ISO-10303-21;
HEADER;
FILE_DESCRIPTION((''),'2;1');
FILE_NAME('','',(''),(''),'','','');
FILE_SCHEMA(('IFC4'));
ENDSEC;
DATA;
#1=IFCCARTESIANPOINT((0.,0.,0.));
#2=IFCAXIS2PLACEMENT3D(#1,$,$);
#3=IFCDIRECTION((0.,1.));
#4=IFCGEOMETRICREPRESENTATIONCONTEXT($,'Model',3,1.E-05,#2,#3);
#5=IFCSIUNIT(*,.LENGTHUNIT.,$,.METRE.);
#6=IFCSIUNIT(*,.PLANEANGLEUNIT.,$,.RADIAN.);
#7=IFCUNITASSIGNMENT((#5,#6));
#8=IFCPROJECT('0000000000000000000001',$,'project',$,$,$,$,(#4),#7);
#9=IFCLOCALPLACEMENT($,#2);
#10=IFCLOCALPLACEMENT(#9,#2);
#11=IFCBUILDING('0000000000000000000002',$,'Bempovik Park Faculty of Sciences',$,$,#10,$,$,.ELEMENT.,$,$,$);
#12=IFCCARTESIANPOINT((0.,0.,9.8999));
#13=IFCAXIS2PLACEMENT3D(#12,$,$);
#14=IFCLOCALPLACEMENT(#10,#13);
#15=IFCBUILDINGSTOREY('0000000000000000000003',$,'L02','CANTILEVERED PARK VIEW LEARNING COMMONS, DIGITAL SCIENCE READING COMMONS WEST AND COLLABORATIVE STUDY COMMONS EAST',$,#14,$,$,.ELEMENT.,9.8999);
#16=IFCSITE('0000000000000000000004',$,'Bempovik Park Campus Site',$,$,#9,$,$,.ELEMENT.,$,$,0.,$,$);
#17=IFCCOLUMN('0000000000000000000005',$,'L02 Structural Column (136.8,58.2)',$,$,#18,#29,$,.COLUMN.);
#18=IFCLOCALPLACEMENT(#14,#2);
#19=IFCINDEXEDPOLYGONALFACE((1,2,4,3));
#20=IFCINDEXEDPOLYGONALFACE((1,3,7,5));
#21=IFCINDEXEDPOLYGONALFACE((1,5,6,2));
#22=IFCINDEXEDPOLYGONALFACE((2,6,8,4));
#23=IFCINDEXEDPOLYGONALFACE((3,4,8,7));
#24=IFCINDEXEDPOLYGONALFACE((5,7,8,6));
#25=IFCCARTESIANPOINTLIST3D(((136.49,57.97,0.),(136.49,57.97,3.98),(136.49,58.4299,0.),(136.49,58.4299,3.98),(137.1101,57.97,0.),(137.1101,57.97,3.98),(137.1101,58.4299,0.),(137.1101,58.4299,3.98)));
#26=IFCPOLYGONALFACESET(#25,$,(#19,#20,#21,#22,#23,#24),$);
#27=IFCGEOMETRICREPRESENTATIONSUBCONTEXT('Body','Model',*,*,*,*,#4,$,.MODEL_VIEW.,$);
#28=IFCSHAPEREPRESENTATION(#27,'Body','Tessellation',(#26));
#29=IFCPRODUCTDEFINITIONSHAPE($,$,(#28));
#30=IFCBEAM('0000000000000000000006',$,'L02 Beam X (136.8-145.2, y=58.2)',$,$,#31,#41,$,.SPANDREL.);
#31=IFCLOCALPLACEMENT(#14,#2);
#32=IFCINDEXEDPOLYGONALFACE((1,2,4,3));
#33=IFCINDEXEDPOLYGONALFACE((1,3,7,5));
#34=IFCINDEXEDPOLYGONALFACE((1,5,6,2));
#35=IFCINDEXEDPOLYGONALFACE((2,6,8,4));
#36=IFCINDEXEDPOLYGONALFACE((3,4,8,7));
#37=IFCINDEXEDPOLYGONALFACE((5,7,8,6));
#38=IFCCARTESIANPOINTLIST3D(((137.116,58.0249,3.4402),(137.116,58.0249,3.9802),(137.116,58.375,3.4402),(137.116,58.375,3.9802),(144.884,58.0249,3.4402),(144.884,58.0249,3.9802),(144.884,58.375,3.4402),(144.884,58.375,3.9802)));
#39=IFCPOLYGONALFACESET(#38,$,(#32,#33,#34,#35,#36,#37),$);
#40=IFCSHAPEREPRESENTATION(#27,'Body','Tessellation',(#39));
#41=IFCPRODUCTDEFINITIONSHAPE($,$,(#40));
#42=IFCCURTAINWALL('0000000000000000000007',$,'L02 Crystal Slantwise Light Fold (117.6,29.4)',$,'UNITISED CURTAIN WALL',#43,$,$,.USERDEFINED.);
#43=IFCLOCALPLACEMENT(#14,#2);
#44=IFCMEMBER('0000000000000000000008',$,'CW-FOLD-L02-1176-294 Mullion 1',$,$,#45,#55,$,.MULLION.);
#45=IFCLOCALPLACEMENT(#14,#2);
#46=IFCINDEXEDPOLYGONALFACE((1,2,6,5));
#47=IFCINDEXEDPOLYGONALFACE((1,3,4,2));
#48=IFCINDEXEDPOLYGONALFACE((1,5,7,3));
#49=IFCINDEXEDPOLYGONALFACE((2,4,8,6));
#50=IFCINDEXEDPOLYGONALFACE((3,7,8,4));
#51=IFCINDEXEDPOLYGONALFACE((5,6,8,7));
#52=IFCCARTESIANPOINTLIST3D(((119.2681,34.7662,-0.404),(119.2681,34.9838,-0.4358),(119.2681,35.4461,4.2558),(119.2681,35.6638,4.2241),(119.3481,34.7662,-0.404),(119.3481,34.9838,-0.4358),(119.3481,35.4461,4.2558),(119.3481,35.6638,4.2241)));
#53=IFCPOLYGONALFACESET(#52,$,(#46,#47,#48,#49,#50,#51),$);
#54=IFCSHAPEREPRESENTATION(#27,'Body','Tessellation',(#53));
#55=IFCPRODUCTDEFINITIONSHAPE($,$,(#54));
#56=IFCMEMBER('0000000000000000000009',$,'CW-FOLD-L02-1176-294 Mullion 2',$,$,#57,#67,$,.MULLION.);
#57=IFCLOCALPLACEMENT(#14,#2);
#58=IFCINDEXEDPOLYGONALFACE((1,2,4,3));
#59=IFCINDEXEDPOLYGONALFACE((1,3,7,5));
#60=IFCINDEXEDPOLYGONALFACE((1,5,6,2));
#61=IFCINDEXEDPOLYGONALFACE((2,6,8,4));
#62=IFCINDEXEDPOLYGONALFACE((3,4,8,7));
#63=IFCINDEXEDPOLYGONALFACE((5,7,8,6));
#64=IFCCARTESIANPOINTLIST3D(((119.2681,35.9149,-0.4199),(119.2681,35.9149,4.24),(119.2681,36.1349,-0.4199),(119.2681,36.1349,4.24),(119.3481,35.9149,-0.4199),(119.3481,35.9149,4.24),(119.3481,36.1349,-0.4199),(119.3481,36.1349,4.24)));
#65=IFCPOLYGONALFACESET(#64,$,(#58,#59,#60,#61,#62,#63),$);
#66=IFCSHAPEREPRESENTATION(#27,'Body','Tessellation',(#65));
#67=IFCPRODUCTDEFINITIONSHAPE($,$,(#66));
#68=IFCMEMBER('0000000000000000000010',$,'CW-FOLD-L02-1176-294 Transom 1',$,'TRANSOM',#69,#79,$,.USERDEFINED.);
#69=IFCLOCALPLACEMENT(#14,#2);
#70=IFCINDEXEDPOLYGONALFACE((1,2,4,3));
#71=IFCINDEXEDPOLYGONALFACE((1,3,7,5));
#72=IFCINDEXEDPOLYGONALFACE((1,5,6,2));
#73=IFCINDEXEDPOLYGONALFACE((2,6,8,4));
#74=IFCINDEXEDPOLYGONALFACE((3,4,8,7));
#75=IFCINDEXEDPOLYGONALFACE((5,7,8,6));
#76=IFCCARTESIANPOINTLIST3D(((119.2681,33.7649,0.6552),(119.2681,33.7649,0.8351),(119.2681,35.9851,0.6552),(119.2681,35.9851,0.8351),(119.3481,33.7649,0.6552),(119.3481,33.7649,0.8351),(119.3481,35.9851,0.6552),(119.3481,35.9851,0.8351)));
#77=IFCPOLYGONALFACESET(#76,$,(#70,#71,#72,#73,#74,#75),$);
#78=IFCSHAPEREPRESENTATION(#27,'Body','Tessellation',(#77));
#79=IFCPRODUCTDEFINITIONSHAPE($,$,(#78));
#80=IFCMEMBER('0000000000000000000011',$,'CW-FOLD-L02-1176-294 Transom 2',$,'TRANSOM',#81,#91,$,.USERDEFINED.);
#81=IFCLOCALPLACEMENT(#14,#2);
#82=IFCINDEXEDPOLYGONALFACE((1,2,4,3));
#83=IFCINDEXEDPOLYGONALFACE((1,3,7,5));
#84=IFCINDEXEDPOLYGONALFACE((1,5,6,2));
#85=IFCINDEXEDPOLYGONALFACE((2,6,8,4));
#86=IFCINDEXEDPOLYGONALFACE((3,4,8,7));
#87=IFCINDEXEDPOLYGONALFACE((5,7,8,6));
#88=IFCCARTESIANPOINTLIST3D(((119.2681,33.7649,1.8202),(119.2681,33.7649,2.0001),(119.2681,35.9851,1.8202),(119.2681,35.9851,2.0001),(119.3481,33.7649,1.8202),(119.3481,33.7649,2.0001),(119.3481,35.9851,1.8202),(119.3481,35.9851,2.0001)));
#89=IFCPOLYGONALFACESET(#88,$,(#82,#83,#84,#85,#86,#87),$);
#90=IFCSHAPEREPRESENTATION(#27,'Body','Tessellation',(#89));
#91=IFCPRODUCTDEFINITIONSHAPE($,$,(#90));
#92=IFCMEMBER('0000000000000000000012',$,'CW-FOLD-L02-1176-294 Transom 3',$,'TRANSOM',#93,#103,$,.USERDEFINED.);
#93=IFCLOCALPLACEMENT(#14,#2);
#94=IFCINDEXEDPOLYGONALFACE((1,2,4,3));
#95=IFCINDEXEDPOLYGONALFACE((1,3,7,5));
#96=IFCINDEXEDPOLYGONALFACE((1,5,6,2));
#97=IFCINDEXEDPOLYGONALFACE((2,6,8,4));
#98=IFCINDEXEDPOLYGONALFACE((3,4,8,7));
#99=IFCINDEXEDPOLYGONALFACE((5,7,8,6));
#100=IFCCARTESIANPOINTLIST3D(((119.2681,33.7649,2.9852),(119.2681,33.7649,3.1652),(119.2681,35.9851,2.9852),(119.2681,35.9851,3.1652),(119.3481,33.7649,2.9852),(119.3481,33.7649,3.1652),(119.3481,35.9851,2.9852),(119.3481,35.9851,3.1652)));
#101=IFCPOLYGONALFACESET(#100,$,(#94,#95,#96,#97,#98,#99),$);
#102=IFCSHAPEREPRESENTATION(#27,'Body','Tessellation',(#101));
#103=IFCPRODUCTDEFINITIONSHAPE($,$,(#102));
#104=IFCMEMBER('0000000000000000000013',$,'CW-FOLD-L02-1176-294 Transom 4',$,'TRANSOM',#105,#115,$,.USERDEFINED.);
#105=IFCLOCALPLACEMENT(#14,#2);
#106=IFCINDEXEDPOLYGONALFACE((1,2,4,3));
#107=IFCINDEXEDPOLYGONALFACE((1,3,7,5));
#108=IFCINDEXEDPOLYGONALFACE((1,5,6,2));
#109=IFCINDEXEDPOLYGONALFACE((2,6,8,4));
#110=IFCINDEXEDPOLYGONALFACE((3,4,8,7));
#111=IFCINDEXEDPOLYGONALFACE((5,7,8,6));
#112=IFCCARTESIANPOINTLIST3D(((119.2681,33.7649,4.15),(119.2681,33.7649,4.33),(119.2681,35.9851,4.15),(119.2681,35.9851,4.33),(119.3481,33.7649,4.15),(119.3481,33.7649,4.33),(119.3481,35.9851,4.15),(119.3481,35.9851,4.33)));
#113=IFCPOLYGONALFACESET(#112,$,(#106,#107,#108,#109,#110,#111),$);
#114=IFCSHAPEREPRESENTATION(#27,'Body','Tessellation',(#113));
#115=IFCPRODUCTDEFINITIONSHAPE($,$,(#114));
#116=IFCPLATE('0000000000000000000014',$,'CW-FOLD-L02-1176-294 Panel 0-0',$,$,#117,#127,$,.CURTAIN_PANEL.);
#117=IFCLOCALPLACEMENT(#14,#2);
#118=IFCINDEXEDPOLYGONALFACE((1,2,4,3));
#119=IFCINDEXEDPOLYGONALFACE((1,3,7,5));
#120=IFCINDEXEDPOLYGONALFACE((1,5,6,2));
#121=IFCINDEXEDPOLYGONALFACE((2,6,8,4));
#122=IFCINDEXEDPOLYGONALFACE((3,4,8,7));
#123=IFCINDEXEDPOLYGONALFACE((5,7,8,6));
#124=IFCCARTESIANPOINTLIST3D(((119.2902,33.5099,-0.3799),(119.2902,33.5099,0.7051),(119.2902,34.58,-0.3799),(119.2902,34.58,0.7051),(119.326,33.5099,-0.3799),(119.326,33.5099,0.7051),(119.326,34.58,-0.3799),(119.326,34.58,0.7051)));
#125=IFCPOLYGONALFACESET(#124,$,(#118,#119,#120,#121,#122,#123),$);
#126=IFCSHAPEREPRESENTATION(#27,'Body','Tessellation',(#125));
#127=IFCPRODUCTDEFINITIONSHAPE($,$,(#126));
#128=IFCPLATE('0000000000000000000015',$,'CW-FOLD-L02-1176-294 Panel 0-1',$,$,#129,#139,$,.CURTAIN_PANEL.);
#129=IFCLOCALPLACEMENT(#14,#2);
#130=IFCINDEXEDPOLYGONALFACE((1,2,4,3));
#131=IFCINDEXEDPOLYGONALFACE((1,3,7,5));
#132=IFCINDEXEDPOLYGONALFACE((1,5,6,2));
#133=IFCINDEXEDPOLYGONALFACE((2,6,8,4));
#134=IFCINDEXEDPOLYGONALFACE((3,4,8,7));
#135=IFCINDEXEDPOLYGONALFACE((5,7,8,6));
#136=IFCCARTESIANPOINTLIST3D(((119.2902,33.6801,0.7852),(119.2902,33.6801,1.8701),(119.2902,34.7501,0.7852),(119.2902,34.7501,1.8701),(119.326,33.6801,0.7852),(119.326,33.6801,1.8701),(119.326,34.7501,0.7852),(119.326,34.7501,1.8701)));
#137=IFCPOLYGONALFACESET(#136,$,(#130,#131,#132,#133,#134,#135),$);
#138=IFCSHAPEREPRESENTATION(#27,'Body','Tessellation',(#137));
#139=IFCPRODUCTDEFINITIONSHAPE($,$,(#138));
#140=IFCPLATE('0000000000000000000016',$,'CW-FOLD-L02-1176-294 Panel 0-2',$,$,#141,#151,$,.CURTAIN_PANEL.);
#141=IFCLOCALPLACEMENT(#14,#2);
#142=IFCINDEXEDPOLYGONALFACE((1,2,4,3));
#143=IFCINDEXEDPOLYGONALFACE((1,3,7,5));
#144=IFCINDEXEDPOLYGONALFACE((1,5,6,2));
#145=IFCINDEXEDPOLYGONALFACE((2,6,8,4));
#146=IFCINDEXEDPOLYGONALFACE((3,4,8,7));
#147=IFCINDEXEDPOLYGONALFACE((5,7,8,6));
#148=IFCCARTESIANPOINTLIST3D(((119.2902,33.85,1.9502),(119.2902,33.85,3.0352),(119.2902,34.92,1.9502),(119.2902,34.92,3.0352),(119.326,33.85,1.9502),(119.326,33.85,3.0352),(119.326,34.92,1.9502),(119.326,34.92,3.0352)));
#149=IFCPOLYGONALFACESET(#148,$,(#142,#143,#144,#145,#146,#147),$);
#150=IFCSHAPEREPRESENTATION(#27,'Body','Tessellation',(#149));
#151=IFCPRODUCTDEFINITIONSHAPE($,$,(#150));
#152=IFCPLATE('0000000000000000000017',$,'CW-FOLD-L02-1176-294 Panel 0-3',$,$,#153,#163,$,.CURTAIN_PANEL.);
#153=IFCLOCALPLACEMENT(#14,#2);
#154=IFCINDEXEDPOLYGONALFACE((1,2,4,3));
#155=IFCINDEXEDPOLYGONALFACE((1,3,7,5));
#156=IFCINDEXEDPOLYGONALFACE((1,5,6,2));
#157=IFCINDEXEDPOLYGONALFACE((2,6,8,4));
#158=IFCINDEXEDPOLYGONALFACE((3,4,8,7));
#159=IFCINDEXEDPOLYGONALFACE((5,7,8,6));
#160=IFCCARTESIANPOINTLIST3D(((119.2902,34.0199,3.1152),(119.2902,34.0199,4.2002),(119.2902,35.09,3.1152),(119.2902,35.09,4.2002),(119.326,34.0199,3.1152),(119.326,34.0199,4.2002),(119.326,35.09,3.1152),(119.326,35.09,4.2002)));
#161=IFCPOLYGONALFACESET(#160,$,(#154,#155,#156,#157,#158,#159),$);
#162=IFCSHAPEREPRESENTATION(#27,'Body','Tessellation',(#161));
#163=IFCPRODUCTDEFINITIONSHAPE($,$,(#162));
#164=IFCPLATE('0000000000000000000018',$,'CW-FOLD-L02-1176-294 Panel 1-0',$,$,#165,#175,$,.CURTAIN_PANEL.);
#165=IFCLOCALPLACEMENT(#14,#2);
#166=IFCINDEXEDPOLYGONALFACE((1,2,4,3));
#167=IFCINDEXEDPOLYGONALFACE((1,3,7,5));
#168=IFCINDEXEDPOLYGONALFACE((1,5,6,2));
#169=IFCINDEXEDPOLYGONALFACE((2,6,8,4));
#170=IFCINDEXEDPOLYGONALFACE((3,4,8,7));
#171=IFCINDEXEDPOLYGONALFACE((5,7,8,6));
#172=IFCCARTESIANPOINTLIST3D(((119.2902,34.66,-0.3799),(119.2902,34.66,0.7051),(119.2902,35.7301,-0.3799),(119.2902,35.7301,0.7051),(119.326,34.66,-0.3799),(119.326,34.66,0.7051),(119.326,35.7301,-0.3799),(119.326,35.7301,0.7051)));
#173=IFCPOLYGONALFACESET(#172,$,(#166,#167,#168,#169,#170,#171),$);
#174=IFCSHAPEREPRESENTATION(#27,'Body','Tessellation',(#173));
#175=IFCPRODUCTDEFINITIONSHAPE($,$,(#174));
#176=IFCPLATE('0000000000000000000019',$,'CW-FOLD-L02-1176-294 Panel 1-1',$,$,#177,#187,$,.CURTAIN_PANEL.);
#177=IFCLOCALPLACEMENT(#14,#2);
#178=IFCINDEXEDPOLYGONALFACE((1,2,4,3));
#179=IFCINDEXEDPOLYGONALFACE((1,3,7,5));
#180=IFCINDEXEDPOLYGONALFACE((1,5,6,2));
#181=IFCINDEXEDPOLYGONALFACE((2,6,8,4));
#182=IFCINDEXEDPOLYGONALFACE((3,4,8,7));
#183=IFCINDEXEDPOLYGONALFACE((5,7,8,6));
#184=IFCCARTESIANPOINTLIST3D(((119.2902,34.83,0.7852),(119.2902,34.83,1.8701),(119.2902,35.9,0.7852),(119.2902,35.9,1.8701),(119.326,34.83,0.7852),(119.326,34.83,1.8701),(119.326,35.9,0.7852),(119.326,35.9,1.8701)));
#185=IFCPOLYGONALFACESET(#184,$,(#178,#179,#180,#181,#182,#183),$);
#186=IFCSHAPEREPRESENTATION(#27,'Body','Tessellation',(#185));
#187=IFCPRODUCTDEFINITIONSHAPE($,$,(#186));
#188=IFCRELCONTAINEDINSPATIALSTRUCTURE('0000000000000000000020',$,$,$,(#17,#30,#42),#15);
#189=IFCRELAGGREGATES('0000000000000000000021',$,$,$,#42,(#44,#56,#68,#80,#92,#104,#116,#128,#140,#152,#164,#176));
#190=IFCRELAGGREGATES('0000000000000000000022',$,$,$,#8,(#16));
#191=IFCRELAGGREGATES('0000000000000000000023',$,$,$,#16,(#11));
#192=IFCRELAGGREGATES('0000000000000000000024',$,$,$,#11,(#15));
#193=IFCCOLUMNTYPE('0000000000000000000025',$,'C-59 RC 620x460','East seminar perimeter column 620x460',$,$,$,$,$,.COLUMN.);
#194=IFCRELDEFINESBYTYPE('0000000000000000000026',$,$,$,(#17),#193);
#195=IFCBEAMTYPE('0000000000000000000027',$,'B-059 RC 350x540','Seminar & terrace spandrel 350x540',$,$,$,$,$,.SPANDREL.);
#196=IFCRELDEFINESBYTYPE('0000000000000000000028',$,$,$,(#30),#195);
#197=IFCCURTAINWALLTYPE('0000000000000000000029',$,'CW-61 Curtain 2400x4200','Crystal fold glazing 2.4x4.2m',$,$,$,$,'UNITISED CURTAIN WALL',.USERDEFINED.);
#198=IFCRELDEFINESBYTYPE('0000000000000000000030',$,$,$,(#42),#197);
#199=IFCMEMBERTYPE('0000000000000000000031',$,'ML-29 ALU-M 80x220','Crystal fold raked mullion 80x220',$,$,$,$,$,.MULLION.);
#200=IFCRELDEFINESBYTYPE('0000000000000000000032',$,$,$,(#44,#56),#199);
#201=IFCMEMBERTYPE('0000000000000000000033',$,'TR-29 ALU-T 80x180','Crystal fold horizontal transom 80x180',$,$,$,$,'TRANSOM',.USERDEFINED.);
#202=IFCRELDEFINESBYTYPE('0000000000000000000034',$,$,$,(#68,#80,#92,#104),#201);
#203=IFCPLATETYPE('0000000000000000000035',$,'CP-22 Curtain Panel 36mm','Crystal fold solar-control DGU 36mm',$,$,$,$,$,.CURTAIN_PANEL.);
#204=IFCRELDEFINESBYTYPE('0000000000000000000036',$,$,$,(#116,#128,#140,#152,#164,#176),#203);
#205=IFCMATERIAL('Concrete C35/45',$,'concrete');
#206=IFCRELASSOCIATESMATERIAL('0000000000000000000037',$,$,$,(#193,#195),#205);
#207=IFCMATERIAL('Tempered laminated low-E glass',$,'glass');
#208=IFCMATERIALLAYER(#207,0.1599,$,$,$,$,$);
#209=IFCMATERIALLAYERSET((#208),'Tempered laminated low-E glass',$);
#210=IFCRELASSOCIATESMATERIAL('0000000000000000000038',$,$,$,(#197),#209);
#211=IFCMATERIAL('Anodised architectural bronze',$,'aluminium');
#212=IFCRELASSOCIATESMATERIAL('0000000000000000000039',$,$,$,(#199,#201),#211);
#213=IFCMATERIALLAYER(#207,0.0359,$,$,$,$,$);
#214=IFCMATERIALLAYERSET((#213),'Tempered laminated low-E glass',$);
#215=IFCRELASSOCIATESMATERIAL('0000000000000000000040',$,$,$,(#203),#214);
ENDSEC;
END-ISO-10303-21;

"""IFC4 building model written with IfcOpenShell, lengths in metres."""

from ifc_helpers import new_model, si_unit, direction, frame, origin, origin_2d, place, context, subcontext, project, spatial, rectangle, extrude, material, layer, layer_set, material_profile, profile_set, type_object, element, aggregate, save


model = new_model("IFC4")

# Units and contexts
model_context = context("Model", 3, precision=1e-05, world=origin(), true_north=direction((0.0, 1.0)))
body_context = subcontext(model_context, "Body", "Model", "MODEL_VIEW")
ifc_project = project(units=[si_unit("LENGTHUNIT", "METRE"), si_unit("PLANEANGLEUNIT", "RADIAN")], contexts=[model_context])

# Site, building, storey
site_placement = place(None, origin())
site = spatial("IfcSite", under=ifc_project, at=site_placement, Name="Bempovik Park Campus Site", CompositionType="ELEMENT", RefElevation=0.0)
building_placement = place(site_placement, origin())
building = spatial("IfcBuilding", under=site, at=building_placement, Name="Bempovik Park Faculty of Sciences", CompositionType="ELEMENT")
storey_placement = place(building_placement, frame((0.0, 0.0, 9.8999)))
storey = spatial("IfcBuildingStorey", under=building, at=storey_placement, Name="L02", Description="CANTILEVERED PARK VIEW LEARNING COMMONS, DIGITAL SCIENCE READING COMMONS WEST AND COLLABORATIVE STUDY COMMONS EAST", CompositionType="ELEMENT", Elevation=9.8999)

# Column
ifc_material_1 = material(Name="Concrete C35/45", Category="concrete")
ifc_material_profile_1 = material_profile(ifc_material_1, rectangle(XDim=0.6201, YDim=0.46, at=origin_2d()), Name="RC 620x460")
ifc_profile_set_1 = profile_set([ifc_material_profile_1], Name="Concrete C35/45")
column_type = type_object("IfcColumnType", Name="C-59 RC 620x460", Description="East seminar perimeter column 620x460", PredefinedType="COLUMN", material=ifc_profile_set_1)
column_placement = place(storey_placement, frame((136.8, 58.2, 0.0), z_axis=(0.0, 0.0, 1.0), x_axis=(1.0, 0.0, 0.0)))
element("IfcColumn", 1, at=column_placement, inside=storey, type_object=column_type, Name="L02 Structural Column (136.8,58.2)", PredefinedType="COLUMN", context=body_context, shape_type="SweptSolid", body=[
    extrude(rectangle(XDim=0.6201, YDim=0.46, at=origin_2d()), origin(), (0.0, 0.0, 1.0), 3.98),
])

# Beam
ifc_material_profile_2 = material_profile(ifc_material_1, rectangle(XDim=0.3501, YDim=0.54, at=origin_2d()), Name="RC 350x540")
ifc_profile_set_2 = profile_set([ifc_material_profile_2], Name="Concrete C35/45")
beam_type = type_object("IfcBeamType", Name="B-059 RC 350x540", Description="Seminar & terrace spandrel 350x540", PredefinedType="SPANDREL", material=ifc_profile_set_2)
beam_placement = place(storey_placement, frame((137.116, 58.2, 3.7102), z_axis=(1.0, 0.0, 0.0), x_axis=(0.0, 1.0, 0.0)))
element("IfcBeam", 2, at=beam_placement, inside=storey, type_object=beam_type, Name="L02 Beam X (136.8-145.2, y=58.2)", PredefinedType="SPANDREL", context=body_context, shape_type="SweptSolid", body=[
    extrude(rectangle(XDim=0.3501, YDim=0.54, at=origin_2d()), origin(), (0.0, 0.0, 1.0), 7.7681),
])

# Curtain wall, members, plates
ifc_material_2 = material(Name="Tempered laminated low-E glass", Category="glass")
ifc_layer_1 = layer(ifc_material_2, 0.1599)
ifc_layer_set_1 = layer_set([ifc_layer_1], Name="Tempered laminated low-E glass")
curtain_wall_type = type_object("IfcCurtainWallType", Name="CW-61 Curtain 2400x4200", Description="Crystal fold glazing 2.4x4.2m", ElementType="UNITISED CURTAIN WALL", PredefinedType="USERDEFINED", material=ifc_layer_set_1)
curtain_wall_placement = place(storey_placement, origin())
curtain_wall = element("IfcCurtainWall", 3, at=curtain_wall_placement, inside=storey, type_object=curtain_wall_type, Name="L02 Crystal Slantwise Light Fold (117.6,29.4)", ObjectType="UNITISED CURTAIN WALL", PredefinedType="USERDEFINED")
ifc_material_3 = material(Name="Anodised architectural bronze", Category="aluminium")
ifc_material_profile_3 = material_profile(ifc_material_3, rectangle(XDim=0.0801, YDim=0.22, at=origin_2d()), Name="ALU-M 80x220")
ifc_profile_set_3 = profile_set([ifc_material_profile_3], Name="Anodised architectural bronze")
member_type_1 = type_object("IfcMemberType", Name="ML-29 ALU-M 80x220", Description="Crystal fold raked mullion 80x220", PredefinedType="MULLION", material=ifc_profile_set_3)
member_1_placement = place(storey_placement, frame((119.3081, 34.875, -0.4199), z_axis=(0.0, 0.144382, 0.989522), x_axis=(-1.0, 0.0, 0.0)))
member_1 = element("IfcMember", 4, at=member_1_placement, type_object=member_type_1, Name="CW-FOLD-L02-1176-294 Mullion 1", PredefinedType="MULLION", context=body_context, shape_type="SweptSolid", body=[
    extrude(rectangle(XDim=0.0801, YDim=0.22, at=origin_2d()), origin(), (0.0, 0.0, 1.0), 4.7092),
])
member_2_placement = place(storey_placement, frame((119.3081, 36.0249, -0.4199), z_axis=(0.0, 0.0, 1.0), x_axis=(1.0, 0.0, 0.0)))
member_2 = element("IfcMember", 5, at=member_2_placement, type_object=member_type_1, Name="CW-FOLD-L02-1176-294 Mullion 2", PredefinedType="MULLION", context=body_context, shape_type="SweptSolid", body=[
    extrude(rectangle(XDim=0.0801, YDim=0.22, at=origin_2d()), origin(), (0.0, 0.0, 1.0), 4.6599),
])
ifc_material_profile_4 = material_profile(ifc_material_3, rectangle(XDim=0.0801, YDim=0.1799, at=origin_2d()), Name="ALU-T 80x180")
ifc_profile_set_4 = profile_set([ifc_material_profile_4], Name="Anodised architectural bronze")
member_type_2 = type_object("IfcMemberType", Name="TR-29 ALU-T 80x180", Description="Crystal fold horizontal transom 80x180", ElementType="TRANSOM", PredefinedType="USERDEFINED", material=ifc_profile_set_4)
member_3_placement = place(storey_placement, frame((119.3081, 33.7649, 0.7451), z_axis=(0.0, 1.0, 0.0), x_axis=(-1.0, 0.0, 0.0)))
member_3 = element("IfcMember", 6, at=member_3_placement, type_object=member_type_2, Name="CW-FOLD-L02-1176-294 Transom 1", ObjectType="TRANSOM", PredefinedType="USERDEFINED", context=body_context, shape_type="SweptSolid", body=[
    extrude(rectangle(XDim=0.0801, YDim=0.1799, at=origin_2d()), origin(), (0.0, 0.0, 1.0), 2.2202),
])
member_4_placement = place(storey_placement, frame((119.3081, 33.7649, 1.9102), z_axis=(0.0, 1.0, 0.0), x_axis=(-1.0, 0.0, 0.0)))
member_4 = element("IfcMember", 7, at=member_4_placement, type_object=member_type_2, Name="CW-FOLD-L02-1176-294 Transom 2", ObjectType="TRANSOM", PredefinedType="USERDEFINED", context=body_context, shape_type="SweptSolid", body=[
    extrude(rectangle(XDim=0.0801, YDim=0.1799, at=origin_2d()), origin(), (0.0, 0.0, 1.0), 2.2202),
])
member_5_placement = place(storey_placement, frame((119.3081, 33.7649, 3.0752), z_axis=(0.0, 1.0, 0.0), x_axis=(-1.0, 0.0, 0.0)))
member_5 = element("IfcMember", 8, at=member_5_placement, type_object=member_type_2, Name="CW-FOLD-L02-1176-294 Transom 3", ObjectType="TRANSOM", PredefinedType="USERDEFINED", context=body_context, shape_type="SweptSolid", body=[
    extrude(rectangle(XDim=0.0801, YDim=0.1799, at=origin_2d()), origin(), (0.0, 0.0, 1.0), 2.2202),
])
member_6_placement = place(storey_placement, frame((119.3081, 33.7649, 4.24), z_axis=(0.0, 1.0, 0.0), x_axis=(-1.0, 0.0, 0.0)))
member_6 = element("IfcMember", 9, at=member_6_placement, type_object=member_type_2, Name="CW-FOLD-L02-1176-294 Transom 4", ObjectType="TRANSOM", PredefinedType="USERDEFINED", context=body_context, shape_type="SweptSolid", body=[
    extrude(rectangle(XDim=0.0801, YDim=0.1799, at=origin_2d()), origin(), (0.0, 0.0, 1.0), 2.2202),
])
ifc_layer_2 = layer(ifc_material_2, 0.0359)
ifc_layer_set_2 = layer_set([ifc_layer_2], Name="Tempered laminated low-E glass")
plate_type = type_object("IfcPlateType", Name="CP-22 Curtain Panel 36mm", Description="Crystal fold solar-control DGU 36mm", PredefinedType="CURTAIN_PANEL", material=ifc_layer_set_2)
plate_1_placement = place(storey_placement, frame((119.3081, 34.0449, -0.3799), z_axis=(0.0, 0.0, 1.0), x_axis=(0.0, 1.0, 0.0)))
plate_1 = element("IfcPlate", 10, at=plate_1_placement, type_object=plate_type, Name="CW-FOLD-L02-1176-294 Panel 0-0", PredefinedType="CURTAIN_PANEL", context=body_context, shape_type="SweptSolid", body=[
    extrude(rectangle(XDim=1.0701, YDim=0.0359, at=origin_2d()), origin(), (0.0, 0.0, 1.0), 1.085),
])
plate_2_placement = place(storey_placement, frame((119.3081, 34.2151, 0.7852), z_axis=(0.0, 0.0, 1.0), x_axis=(0.0, 1.0, 0.0)))
plate_2 = element("IfcPlate", 11, at=plate_2_placement, type_object=plate_type, Name="CW-FOLD-L02-1176-294 Panel 0-1", PredefinedType="CURTAIN_PANEL", context=body_context, shape_type="SweptSolid", body=[
    extrude(rectangle(XDim=1.0701, YDim=0.0359, at=origin_2d()), origin(), (0.0, 0.0, 1.0), 1.085),
])
plate_3_placement = place(storey_placement, frame((119.3081, 34.385, 1.9502), z_axis=(0.0, 0.0, 1.0), x_axis=(0.0, 1.0, 0.0)))
plate_3 = element("IfcPlate", 12, at=plate_3_placement, type_object=plate_type, Name="CW-FOLD-L02-1176-294 Panel 0-2", PredefinedType="CURTAIN_PANEL", context=body_context, shape_type="SweptSolid", body=[
    extrude(rectangle(XDim=1.0701, YDim=0.0359, at=origin_2d()), origin(), (0.0, 0.0, 1.0), 1.085),
])
plate_4_placement = place(storey_placement, frame((119.3081, 34.5549, 3.1152), z_axis=(0.0, 0.0, 1.0), x_axis=(0.0, 1.0, 0.0)))
plate_4 = element("IfcPlate", 13, at=plate_4_placement, type_object=plate_type, Name="CW-FOLD-L02-1176-294 Panel 0-3", PredefinedType="CURTAIN_PANEL", context=body_context, shape_type="SweptSolid", body=[
    extrude(rectangle(XDim=1.0701, YDim=0.0359, at=origin_2d()), origin(), (0.0, 0.0, 1.0), 1.085),
])
plate_5_placement = place(storey_placement, frame((119.3081, 35.1951, -0.3799), z_axis=(0.0, 0.0, 1.0), x_axis=(0.0, 1.0, 0.0)))
plate_5 = element("IfcPlate", 14, at=plate_5_placement, type_object=plate_type, Name="CW-FOLD-L02-1176-294 Panel 1-0", PredefinedType="CURTAIN_PANEL", context=body_context, shape_type="SweptSolid", body=[
    extrude(rectangle(XDim=1.0701, YDim=0.0359, at=origin_2d()), origin(), (0.0, 0.0, 1.0), 1.085),
])
plate_6_placement = place(storey_placement, frame((119.3081, 35.365, 0.7852), z_axis=(0.0, 0.0, 1.0), x_axis=(0.0, 1.0, 0.0)))
plate_6 = element("IfcPlate", 15, at=plate_6_placement, type_object=plate_type, Name="CW-FOLD-L02-1176-294 Panel 1-1", PredefinedType="CURTAIN_PANEL", context=body_context, shape_type="SweptSolid", body=[
    extrude(rectangle(XDim=1.0701, YDim=0.0359, at=origin_2d()), origin(), (0.0, 0.0, 1.0), 1.085),
])
aggregate(curtain_wall, [member_1, member_2, member_3, member_4, member_5, member_6, plate_1, plate_2, plate_3, plate_4, plate_5, plate_6])

save(model, "model.ifc")
